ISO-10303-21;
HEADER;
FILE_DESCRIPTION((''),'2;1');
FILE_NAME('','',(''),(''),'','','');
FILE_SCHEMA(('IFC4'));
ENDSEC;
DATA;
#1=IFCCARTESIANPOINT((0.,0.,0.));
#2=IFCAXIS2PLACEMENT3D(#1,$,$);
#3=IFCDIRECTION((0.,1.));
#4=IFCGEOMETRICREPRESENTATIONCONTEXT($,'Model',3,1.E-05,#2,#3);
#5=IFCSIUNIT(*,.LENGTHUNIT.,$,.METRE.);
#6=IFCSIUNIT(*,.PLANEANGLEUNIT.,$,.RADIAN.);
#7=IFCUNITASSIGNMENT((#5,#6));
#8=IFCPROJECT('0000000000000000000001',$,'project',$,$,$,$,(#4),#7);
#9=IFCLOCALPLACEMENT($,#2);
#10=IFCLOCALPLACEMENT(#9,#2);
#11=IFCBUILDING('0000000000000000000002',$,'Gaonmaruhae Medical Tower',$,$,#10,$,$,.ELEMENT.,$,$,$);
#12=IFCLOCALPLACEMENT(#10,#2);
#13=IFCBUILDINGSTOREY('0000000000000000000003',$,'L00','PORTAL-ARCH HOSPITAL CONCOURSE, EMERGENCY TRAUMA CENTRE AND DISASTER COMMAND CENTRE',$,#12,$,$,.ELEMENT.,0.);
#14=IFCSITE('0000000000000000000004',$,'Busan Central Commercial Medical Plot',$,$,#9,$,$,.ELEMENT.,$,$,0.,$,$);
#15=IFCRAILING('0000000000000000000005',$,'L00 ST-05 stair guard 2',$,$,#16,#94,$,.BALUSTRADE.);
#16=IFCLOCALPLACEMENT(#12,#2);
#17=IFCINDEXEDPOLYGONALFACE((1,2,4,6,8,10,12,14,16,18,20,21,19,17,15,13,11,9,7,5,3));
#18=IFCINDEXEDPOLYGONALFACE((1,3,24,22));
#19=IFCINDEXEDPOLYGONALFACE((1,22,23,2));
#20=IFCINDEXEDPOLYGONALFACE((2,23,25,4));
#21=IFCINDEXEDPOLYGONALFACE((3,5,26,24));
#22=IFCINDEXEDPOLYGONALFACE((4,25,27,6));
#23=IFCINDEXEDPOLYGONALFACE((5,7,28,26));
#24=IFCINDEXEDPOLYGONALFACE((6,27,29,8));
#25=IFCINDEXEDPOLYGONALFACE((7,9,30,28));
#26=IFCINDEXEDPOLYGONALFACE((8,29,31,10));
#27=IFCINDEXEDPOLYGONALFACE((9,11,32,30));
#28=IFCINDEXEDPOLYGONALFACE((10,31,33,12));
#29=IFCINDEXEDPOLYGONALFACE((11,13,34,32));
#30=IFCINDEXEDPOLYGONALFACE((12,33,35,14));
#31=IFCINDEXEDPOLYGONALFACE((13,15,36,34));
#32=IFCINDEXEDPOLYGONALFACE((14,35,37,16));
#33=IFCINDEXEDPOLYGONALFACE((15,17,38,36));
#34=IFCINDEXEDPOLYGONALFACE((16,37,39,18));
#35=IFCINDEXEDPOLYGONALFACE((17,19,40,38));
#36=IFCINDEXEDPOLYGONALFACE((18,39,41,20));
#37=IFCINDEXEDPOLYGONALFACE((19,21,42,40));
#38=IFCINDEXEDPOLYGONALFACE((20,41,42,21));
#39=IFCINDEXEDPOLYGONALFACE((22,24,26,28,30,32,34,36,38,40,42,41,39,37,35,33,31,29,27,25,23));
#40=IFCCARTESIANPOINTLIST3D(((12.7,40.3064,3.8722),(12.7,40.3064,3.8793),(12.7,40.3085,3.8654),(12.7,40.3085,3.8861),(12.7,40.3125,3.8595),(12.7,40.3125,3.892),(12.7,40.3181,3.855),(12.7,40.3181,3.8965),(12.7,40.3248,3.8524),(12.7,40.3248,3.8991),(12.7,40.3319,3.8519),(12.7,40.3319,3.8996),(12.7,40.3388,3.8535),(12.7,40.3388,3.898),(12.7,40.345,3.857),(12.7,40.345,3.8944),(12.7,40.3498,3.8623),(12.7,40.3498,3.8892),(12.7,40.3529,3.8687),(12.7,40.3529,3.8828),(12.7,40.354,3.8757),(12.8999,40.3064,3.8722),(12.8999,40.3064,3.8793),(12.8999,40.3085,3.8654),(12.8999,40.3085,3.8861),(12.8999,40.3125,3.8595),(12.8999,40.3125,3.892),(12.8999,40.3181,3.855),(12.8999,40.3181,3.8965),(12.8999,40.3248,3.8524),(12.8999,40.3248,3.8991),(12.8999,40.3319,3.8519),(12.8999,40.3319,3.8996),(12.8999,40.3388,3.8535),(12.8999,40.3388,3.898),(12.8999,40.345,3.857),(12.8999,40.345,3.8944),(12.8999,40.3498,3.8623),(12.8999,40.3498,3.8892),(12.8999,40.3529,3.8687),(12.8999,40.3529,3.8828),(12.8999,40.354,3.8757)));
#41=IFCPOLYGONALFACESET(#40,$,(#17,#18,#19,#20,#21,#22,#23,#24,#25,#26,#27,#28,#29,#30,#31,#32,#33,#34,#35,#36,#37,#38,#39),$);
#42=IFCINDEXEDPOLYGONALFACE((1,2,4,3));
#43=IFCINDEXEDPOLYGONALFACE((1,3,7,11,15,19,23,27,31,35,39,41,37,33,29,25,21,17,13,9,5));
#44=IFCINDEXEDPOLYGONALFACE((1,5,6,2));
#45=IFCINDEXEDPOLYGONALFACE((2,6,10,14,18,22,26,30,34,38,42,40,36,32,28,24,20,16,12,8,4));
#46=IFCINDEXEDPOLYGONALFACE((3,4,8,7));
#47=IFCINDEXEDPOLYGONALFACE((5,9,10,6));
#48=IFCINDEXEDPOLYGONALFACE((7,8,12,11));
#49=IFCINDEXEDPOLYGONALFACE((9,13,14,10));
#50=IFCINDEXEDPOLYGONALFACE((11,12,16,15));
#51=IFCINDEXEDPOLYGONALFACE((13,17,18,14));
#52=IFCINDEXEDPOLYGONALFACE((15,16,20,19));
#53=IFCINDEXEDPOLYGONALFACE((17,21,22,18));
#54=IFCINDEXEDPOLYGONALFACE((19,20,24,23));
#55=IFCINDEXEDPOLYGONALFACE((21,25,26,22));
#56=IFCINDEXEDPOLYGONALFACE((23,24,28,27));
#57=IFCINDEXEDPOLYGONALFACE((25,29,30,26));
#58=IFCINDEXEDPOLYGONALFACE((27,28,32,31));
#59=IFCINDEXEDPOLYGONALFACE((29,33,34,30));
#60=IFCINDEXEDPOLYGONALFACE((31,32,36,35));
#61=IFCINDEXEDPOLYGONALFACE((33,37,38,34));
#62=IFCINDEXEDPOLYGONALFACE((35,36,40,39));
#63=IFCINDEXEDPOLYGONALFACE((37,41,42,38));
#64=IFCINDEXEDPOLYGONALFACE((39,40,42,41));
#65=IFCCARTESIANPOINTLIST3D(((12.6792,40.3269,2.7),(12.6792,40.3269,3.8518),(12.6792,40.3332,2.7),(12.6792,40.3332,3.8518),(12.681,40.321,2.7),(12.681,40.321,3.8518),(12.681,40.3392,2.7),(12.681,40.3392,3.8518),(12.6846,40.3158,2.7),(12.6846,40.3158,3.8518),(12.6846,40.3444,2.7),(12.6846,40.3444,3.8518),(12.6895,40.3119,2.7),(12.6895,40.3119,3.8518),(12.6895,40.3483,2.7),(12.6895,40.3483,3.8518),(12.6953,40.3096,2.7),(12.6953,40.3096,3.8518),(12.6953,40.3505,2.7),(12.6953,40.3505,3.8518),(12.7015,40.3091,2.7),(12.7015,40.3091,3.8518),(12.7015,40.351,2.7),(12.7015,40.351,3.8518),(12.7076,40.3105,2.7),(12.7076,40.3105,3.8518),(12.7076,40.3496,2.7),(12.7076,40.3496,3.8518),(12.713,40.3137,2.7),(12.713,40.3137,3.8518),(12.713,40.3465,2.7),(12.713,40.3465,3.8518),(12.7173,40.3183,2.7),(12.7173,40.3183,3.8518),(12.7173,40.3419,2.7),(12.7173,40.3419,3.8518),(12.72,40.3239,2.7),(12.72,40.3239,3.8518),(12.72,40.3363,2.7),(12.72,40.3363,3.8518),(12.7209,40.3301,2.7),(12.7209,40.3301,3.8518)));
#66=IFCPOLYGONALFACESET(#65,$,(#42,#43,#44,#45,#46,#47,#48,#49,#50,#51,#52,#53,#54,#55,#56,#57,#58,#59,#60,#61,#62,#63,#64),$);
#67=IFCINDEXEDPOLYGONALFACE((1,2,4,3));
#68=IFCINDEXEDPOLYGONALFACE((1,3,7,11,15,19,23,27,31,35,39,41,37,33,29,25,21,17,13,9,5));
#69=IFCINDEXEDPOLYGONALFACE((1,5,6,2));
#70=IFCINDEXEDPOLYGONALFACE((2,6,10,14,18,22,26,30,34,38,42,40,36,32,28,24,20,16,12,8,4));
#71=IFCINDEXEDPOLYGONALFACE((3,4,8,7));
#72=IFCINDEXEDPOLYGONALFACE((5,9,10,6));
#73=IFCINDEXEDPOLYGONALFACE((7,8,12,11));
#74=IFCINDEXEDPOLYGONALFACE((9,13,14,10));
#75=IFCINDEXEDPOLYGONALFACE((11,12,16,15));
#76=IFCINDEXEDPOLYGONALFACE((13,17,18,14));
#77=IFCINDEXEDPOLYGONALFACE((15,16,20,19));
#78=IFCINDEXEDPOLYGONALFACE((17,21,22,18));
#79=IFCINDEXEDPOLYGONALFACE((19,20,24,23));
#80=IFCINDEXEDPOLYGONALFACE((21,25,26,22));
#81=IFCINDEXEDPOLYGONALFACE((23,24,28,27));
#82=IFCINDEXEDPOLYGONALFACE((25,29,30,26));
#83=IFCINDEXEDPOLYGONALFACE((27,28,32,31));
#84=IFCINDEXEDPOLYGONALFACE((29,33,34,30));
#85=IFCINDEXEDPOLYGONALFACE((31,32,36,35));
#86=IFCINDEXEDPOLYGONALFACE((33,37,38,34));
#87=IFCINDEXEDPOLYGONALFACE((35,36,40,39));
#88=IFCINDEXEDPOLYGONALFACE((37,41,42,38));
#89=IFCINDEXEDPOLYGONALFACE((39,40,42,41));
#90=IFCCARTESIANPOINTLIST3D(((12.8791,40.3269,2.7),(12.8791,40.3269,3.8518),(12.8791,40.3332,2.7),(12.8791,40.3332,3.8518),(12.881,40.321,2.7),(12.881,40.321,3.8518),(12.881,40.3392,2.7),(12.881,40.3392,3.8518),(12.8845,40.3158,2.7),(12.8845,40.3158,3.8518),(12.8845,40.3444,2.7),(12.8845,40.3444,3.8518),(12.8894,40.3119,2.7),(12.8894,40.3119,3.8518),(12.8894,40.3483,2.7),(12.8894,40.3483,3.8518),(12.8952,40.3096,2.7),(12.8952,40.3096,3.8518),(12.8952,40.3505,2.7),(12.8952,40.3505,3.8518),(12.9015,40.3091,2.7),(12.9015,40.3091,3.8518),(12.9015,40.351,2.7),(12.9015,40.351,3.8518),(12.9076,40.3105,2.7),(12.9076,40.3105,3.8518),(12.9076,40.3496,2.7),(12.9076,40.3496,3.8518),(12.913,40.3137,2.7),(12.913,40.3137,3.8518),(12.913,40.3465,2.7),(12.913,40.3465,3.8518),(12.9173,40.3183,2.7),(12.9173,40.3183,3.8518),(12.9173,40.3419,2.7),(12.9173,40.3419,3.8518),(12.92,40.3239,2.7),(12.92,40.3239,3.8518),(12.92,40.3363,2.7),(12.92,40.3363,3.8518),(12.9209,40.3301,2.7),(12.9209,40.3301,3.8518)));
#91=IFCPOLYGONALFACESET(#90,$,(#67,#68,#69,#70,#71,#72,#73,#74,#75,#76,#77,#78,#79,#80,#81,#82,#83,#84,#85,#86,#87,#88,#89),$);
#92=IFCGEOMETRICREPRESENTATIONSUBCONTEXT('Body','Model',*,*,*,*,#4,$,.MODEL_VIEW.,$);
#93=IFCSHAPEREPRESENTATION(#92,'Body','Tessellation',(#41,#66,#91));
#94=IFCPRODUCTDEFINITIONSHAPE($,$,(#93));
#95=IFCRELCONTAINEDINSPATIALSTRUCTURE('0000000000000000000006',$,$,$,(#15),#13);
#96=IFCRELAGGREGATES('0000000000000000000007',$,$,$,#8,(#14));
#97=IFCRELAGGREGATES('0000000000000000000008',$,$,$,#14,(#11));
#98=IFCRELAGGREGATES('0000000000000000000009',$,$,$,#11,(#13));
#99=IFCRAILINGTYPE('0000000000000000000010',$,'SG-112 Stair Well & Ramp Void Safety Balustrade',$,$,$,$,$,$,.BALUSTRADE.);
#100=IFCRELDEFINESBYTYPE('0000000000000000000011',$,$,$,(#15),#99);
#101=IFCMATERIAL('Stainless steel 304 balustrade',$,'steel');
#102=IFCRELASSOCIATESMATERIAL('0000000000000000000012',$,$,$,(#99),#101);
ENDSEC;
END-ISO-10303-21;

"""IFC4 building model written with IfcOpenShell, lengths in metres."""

from ifc_helpers import new_model, si_unit, direction, frame, origin, origin_2d, place, context, subcontext, project, spatial, circle, extrude, material, type_object, element, save


model = new_model("IFC4")

# Units and contexts
model_context = context("Model", 3, precision=1e-05, world=origin(), true_north=direction((0.0, 1.0)))
body_context = subcontext(model_context, "Body", "Model", "MODEL_VIEW")
ifc_project = project(units=[si_unit("LENGTHUNIT", "METRE"), si_unit("PLANEANGLEUNIT", "RADIAN")], contexts=[model_context])

# Site, building, storey
site_placement = place(None, origin())
site = spatial("IfcSite", under=ifc_project, at=site_placement, Name="Busan Central Commercial Medical Plot", CompositionType="ELEMENT", RefElevation=0.0)
building_placement = place(site_placement, origin())
building = spatial("IfcBuilding", under=site, at=building_placement, Name="Gaonmaruhae Medical Tower", CompositionType="ELEMENT")
storey_placement = place(building_placement, origin())
storey = spatial("IfcBuildingStorey", under=building, at=storey_placement, Name="L00", Description="PORTAL-ARCH HOSPITAL CONCOURSE, EMERGENCY TRAUMA CENTRE AND DISASTER COMMAND CENTRE", CompositionType="ELEMENT", Elevation=0.0)

# Railing
ifc_material_1 = material(Name="Stainless steel 304 balustrade", Category="steel")
railing_type_1 = type_object("IfcRailingType", Name="SG-112 Stair Well & Ramp Void Safety Balustrade", PredefinedType="BALUSTRADE", material=ifc_material_1)
railing_1_placement = place(storey_placement, frame((12.7, 40.3301, 2.7)))
element("IfcRailing", 1, at=railing_1_placement, inside=storey, type_object=railing_type_1, Name="L00 ST-05 stair guard 2", PredefinedType="BALUSTRADE", context=body_context, shape_type="SweptSolid", body=[
    extrude(circle(Radius=0.0239, at=origin_2d()), frame((0.0, 0.0, 1.1758), z_axis=(1.0, 0.0, 0.0), x_axis=(0.0, 1.0, 0.0)), (0.0, 0.0, 1.0), 0.2),
    extrude(circle(Radius=0.021, at=origin_2d()), origin(), (0.0, 0.0, 1.0), 1.1519),
    extrude(circle(Radius=0.021, at=origin_2d()), frame((0.2, 0.0, 0.0)), (0.0, 0.0, 1.0), 1.1519),
])

save(model, "model.ifc")
